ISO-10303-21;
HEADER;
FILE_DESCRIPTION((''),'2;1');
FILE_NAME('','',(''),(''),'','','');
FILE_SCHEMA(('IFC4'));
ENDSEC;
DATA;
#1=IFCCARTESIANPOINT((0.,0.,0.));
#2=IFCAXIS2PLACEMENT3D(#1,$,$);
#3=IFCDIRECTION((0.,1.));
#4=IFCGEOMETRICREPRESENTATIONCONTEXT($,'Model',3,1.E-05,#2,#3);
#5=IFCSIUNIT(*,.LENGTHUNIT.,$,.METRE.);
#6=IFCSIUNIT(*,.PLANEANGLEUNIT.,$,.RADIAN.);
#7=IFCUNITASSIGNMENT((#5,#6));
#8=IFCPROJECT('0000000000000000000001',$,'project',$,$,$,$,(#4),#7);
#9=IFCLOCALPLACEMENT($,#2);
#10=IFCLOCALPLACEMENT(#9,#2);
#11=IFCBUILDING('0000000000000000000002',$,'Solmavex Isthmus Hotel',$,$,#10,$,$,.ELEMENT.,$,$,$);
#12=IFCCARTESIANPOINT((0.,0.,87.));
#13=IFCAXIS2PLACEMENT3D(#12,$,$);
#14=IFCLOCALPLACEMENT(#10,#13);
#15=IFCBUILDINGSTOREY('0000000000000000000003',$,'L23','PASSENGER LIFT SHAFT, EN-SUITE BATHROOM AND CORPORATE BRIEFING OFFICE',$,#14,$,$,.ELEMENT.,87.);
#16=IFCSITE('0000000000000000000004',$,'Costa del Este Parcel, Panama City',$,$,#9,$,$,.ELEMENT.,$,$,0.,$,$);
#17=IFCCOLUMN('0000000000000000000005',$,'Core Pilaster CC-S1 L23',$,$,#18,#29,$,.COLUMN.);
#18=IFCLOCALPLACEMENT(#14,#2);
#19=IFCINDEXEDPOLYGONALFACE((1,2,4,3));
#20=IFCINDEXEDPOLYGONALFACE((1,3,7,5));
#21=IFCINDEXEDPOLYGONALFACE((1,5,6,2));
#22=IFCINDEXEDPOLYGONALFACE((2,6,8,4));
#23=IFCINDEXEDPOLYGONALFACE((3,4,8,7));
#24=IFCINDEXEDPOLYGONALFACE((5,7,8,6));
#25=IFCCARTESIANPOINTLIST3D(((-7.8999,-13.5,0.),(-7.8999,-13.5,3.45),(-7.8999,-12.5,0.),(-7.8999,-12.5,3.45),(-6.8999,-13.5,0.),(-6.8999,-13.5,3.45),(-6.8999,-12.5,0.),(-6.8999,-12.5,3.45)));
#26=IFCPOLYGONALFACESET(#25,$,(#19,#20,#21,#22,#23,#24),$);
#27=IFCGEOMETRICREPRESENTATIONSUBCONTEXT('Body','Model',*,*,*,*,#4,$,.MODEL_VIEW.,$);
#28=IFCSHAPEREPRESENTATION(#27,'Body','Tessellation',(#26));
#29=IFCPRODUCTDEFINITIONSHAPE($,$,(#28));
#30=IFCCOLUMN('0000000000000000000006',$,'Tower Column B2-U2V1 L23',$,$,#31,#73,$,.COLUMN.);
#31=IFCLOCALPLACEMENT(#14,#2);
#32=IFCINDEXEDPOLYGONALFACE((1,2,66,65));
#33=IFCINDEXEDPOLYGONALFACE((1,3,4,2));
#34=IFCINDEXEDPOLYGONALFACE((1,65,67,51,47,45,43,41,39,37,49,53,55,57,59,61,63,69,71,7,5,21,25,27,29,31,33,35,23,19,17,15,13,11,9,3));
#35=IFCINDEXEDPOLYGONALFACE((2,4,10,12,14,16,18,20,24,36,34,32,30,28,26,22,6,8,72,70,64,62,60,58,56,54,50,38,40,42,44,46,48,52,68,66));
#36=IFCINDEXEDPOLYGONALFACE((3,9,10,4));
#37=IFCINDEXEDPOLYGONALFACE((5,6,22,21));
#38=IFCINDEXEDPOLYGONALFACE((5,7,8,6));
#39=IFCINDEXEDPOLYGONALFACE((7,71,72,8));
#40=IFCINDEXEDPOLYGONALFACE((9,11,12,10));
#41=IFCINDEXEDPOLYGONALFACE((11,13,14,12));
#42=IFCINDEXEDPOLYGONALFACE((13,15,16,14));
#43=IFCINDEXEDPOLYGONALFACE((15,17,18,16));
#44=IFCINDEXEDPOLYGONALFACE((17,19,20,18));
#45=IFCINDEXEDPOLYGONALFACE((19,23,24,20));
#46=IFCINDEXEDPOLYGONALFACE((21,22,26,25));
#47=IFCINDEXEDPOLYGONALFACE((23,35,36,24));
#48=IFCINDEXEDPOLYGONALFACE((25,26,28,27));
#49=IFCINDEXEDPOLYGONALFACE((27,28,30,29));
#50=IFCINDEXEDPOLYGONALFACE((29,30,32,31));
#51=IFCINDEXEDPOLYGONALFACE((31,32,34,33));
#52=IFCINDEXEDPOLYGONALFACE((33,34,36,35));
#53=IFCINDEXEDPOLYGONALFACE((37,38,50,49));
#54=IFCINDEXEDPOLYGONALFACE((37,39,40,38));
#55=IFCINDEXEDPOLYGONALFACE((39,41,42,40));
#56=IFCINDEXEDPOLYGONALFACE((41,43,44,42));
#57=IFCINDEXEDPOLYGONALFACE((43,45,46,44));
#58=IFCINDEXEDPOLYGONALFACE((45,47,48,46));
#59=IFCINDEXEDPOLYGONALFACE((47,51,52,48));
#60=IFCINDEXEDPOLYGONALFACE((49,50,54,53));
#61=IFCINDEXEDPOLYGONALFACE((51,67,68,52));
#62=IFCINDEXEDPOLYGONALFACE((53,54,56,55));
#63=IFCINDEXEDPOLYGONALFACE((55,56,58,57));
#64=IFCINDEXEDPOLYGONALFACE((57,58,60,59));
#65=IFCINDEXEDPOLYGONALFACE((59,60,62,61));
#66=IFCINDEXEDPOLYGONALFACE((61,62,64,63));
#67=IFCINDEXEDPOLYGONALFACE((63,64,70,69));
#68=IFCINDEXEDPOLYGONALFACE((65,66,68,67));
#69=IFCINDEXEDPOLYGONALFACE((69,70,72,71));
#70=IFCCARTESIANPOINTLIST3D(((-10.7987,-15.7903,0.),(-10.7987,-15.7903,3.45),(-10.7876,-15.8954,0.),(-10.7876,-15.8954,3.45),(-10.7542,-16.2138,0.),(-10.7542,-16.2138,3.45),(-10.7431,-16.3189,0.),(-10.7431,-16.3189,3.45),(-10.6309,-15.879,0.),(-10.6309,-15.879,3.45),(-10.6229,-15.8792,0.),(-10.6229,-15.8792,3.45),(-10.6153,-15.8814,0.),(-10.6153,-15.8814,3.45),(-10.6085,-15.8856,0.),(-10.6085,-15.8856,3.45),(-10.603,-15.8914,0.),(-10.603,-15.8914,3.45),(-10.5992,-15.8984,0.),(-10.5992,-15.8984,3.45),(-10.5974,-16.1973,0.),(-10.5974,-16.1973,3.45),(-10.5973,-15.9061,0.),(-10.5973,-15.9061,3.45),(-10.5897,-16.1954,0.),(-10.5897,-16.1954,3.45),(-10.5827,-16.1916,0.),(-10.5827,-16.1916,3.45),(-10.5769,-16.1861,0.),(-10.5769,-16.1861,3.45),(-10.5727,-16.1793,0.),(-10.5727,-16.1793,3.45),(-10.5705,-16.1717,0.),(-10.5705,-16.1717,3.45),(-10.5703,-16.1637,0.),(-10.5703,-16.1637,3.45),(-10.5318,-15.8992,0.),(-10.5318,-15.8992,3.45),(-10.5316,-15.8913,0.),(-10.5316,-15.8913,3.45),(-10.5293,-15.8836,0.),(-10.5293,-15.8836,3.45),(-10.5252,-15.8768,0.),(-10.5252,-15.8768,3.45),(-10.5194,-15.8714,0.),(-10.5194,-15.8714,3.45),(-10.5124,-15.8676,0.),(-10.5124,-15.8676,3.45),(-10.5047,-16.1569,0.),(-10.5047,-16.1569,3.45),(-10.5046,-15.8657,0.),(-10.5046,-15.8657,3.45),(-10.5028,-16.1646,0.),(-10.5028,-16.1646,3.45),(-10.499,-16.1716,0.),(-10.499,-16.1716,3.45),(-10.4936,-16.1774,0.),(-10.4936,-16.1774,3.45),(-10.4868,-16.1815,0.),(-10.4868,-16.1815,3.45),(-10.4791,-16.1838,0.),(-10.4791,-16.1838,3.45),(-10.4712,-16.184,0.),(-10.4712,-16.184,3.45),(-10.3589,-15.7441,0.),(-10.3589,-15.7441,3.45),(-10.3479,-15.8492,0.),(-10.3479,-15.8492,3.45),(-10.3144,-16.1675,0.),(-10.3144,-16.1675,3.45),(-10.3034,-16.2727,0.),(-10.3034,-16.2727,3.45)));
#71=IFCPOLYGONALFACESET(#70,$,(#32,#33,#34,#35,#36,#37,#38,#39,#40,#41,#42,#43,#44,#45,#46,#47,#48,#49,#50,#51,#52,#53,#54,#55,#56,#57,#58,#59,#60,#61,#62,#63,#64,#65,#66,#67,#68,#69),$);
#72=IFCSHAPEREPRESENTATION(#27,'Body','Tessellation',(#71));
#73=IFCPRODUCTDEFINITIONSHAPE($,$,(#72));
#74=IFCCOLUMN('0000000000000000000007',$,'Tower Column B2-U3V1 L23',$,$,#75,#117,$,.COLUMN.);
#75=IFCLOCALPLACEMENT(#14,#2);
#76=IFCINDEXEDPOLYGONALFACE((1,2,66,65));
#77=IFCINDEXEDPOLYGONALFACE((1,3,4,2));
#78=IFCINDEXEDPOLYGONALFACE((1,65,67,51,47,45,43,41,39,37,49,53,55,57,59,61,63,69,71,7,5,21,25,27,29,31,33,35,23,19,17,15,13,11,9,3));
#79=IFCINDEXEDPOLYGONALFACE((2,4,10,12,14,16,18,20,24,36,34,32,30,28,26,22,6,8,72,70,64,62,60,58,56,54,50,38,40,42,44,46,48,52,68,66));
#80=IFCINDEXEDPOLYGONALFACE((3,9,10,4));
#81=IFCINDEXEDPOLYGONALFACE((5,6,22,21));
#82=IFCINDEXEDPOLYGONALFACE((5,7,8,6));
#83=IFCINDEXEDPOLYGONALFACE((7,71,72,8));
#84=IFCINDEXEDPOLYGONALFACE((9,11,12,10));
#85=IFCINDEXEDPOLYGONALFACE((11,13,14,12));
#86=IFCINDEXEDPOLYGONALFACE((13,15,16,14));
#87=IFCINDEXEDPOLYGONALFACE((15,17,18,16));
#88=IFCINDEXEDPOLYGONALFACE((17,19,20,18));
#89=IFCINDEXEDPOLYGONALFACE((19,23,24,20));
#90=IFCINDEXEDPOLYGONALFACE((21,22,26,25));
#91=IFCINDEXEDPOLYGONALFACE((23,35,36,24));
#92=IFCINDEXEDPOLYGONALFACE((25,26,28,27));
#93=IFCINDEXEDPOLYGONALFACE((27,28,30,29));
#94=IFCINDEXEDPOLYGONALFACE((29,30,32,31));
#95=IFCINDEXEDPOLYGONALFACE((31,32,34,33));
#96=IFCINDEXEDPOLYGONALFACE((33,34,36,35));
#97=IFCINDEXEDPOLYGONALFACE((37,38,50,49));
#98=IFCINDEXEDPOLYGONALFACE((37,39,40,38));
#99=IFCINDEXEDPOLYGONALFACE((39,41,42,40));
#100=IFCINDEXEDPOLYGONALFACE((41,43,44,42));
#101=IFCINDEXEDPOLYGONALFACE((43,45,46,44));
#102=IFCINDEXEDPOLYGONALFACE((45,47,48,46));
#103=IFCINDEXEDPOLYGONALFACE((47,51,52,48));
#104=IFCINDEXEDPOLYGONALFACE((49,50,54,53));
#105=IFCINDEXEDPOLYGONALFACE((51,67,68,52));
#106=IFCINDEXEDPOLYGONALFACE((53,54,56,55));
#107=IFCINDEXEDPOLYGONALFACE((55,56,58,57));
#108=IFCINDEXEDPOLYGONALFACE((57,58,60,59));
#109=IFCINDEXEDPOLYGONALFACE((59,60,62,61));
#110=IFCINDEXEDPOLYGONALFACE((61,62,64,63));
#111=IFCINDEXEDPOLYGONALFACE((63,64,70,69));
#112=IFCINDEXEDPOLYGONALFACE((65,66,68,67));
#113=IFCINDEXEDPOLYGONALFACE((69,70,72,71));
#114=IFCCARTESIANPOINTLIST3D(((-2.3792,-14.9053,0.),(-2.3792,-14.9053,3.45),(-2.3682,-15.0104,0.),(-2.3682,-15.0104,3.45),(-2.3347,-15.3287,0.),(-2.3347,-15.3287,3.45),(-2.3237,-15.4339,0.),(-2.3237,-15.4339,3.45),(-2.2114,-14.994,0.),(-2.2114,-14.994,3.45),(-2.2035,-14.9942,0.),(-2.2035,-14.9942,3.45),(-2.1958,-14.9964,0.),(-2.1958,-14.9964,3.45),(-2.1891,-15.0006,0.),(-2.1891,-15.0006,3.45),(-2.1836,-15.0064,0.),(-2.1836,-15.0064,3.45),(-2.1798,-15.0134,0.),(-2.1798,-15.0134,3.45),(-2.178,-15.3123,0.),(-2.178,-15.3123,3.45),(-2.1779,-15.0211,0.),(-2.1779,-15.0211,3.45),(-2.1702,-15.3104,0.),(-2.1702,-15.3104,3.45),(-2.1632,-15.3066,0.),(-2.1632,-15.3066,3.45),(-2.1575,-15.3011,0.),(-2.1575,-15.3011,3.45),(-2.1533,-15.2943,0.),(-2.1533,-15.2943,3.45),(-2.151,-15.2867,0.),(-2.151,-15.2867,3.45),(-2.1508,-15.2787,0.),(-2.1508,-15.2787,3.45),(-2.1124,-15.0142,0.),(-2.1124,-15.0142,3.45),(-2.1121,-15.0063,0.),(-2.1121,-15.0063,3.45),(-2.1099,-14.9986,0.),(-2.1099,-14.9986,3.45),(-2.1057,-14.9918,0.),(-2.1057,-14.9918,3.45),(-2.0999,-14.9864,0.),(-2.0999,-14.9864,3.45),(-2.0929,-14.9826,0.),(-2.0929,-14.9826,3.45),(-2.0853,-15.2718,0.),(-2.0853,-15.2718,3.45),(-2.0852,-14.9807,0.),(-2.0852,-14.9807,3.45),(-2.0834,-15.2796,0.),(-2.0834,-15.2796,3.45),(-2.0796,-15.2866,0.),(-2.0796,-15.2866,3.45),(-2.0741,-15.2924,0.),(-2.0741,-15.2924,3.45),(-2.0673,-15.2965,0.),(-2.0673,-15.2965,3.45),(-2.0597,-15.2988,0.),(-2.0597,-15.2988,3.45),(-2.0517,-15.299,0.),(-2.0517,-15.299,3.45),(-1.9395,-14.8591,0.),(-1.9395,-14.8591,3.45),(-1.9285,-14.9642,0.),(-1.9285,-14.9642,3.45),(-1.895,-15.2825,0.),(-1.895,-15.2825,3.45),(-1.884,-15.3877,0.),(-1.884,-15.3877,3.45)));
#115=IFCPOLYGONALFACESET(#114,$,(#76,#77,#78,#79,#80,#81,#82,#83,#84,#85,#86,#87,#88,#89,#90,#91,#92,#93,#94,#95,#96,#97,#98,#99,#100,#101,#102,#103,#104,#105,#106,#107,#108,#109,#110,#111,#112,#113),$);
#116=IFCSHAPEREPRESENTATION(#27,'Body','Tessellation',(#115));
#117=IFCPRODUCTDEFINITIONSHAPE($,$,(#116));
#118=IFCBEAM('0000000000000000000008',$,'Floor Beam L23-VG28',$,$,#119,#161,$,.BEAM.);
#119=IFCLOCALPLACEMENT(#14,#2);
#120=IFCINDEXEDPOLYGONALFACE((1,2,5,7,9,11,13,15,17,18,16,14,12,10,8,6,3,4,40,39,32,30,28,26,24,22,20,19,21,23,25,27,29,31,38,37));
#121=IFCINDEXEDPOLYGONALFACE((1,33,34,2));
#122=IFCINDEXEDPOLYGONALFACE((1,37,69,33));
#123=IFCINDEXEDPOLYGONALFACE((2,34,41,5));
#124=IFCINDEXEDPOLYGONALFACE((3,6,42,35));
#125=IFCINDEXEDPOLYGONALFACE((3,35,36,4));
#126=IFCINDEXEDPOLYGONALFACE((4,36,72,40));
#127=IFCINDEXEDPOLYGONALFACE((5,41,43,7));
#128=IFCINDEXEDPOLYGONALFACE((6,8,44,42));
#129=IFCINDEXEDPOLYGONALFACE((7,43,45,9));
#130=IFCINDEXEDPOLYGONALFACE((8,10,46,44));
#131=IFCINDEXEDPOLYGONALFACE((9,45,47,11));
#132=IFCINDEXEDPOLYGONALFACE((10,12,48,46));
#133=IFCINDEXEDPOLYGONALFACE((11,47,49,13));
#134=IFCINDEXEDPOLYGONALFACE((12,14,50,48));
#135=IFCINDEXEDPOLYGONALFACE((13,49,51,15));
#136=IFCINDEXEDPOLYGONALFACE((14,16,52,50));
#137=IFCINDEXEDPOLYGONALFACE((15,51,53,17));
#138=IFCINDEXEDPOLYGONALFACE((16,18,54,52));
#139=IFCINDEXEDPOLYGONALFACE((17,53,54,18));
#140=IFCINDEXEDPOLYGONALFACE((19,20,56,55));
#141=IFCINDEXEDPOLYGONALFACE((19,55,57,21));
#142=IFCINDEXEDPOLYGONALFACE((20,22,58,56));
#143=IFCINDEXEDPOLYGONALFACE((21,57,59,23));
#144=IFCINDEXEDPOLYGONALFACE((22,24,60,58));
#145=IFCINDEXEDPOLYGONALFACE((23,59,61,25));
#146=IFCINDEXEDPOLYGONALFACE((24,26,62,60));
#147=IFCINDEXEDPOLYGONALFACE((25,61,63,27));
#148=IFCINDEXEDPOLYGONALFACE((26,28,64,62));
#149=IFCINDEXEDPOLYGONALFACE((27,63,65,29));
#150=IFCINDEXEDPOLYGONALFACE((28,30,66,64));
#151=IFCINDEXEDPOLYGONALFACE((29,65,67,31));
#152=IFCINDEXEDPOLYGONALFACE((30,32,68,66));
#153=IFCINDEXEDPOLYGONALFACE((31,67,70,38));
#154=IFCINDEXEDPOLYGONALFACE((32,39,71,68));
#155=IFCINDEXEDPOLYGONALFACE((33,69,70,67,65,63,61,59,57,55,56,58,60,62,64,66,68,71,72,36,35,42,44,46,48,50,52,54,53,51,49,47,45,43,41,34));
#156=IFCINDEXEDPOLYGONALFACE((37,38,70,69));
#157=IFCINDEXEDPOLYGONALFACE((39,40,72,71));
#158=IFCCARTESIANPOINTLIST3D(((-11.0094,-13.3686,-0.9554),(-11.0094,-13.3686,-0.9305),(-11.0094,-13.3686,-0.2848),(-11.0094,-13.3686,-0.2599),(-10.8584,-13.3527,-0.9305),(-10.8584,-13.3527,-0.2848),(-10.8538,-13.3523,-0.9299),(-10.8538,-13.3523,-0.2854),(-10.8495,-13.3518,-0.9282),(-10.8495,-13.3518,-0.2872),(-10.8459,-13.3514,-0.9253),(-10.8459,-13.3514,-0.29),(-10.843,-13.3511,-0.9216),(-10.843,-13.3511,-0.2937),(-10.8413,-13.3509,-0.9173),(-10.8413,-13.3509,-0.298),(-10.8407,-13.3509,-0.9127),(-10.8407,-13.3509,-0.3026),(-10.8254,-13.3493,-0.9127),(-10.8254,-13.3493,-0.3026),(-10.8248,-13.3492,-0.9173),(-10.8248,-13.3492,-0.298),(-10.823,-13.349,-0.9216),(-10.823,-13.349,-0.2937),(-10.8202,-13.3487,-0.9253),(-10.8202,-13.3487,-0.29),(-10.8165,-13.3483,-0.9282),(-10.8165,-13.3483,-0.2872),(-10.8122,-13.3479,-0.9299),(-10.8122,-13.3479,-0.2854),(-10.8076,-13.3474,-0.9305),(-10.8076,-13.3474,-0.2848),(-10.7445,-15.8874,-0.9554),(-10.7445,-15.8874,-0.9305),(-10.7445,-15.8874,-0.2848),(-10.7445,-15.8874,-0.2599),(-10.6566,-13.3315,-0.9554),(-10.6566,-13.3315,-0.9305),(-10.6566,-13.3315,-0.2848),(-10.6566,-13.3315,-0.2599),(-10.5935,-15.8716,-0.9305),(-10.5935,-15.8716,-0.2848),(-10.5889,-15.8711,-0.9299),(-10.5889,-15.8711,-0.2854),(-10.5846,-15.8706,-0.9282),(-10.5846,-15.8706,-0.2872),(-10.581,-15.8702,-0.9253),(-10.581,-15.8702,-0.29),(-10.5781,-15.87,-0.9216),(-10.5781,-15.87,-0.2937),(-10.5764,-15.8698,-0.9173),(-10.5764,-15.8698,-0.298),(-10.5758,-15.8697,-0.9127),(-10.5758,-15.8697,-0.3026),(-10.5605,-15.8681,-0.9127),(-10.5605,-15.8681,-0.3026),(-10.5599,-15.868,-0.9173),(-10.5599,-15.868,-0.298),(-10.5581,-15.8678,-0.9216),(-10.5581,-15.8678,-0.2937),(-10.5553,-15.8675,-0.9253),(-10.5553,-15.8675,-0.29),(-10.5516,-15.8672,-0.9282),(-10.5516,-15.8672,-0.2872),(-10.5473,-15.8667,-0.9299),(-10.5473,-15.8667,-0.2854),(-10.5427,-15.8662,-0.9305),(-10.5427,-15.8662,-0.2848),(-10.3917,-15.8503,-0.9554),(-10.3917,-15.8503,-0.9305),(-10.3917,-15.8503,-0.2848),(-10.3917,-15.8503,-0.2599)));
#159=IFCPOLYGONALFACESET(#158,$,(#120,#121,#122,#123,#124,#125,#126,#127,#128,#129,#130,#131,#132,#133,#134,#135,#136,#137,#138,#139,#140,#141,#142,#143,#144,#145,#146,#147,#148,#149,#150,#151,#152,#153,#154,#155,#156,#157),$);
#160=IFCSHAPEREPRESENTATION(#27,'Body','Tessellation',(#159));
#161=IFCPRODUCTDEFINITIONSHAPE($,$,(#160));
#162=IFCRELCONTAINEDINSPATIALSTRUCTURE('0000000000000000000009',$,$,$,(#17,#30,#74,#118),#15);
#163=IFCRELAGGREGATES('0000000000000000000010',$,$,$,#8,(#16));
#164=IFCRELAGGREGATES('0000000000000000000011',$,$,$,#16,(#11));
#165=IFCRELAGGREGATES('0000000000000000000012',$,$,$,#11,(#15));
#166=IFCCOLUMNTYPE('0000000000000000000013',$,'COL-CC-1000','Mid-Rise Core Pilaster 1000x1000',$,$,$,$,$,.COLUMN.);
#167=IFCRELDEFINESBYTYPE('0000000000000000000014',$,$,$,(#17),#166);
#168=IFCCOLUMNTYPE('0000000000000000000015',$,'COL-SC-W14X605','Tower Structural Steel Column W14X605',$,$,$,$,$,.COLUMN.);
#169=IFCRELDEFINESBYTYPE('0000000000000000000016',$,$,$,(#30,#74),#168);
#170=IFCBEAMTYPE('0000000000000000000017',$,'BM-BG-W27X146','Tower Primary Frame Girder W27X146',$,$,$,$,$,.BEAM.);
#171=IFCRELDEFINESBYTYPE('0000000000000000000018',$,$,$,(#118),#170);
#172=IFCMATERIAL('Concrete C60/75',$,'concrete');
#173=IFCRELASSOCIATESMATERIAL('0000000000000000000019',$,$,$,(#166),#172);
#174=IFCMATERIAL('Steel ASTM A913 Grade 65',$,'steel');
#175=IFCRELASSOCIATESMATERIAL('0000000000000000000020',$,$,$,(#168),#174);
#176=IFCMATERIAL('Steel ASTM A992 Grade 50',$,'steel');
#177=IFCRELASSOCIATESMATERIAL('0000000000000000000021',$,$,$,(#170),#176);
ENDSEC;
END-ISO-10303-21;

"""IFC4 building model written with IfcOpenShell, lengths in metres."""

from ifc_helpers import new_model, si_unit, direction, frame, origin, origin_2d, place, context, subcontext, project, spatial, rectangle, i_section, extrude, material, material_profile, profile_set, type_object, element, save


model = new_model("IFC4")

# Units and contexts
model_context = context("Model", 3, precision=1e-05, world=origin(), true_north=direction((0.0, 1.0)))
body_context = subcontext(model_context, "Body", "Model", "MODEL_VIEW")
ifc_project = project(units=[si_unit("LENGTHUNIT", "METRE"), si_unit("PLANEANGLEUNIT", "RADIAN")], contexts=[model_context])

# Site, building, storey
site_placement = place(None, origin())
site = spatial("IfcSite", under=ifc_project, at=site_placement, Name="Costa del Este Parcel, Panama City", CompositionType="ELEMENT", RefElevation=0.0)
building_placement = place(site_placement, origin())
building = spatial("IfcBuilding", under=site, at=building_placement, Name="Solmavex Isthmus Hotel", CompositionType="ELEMENT")
storey_placement = place(building_placement, frame((0.0, 0.0, 87.0)))
storey = spatial("IfcBuildingStorey", under=building, at=storey_placement, Name="L23", Description="PASSENGER LIFT SHAFT, EN-SUITE BATHROOM AND CORPORATE BRIEFING OFFICE", CompositionType="ELEMENT", Elevation=87.0)

# Columns
ifc_material_1 = material(Name="Concrete C60/75", Category="concrete")
ifc_material_profile_1 = material_profile(ifc_material_1, rectangle(XDim=1.0, YDim=1.0, at=origin_2d()), Name="RC1000X1000")
ifc_profile_set_1 = profile_set([ifc_material_profile_1], Name="Concrete C60/75")
column_type_1 = type_object("IfcColumnType", Name="COL-CC-1000", Description="Mid-Rise Core Pilaster 1000x1000", PredefinedType="COLUMN", material=ifc_profile_set_1)
column_placement = place(storey_placement, frame((-7.3999, -13.0, 0.0), z_axis=(0.0, 0.0, 1.0), x_axis=(1.0, 0.0, 0.0)))
element("IfcColumn", 1, at=column_placement, inside=storey, type_object=column_type_1, Name="Core Pilaster CC-S1 L23", PredefinedType="COLUMN", context=body_context, shape_type="SweptSolid", body=[
    extrude(rectangle(XDim=1.0, YDim=1.0, at=origin_2d()), origin(), (0.0, 0.0, 1.0), 3.45),
])
ifc_material_2 = material(Name="Steel ASTM A913 Grade 65", Category="steel")
ifc_material_profile_2 = material_profile(ifc_material_2, i_section(OverallWidth=0.4421, OverallDepth=0.5315, WebThickness=0.0659, FlangeThickness=0.1057, FilletRadius=0.0305, at=origin_2d()), Name="W14X605")
ifc_profile_set_2 = profile_set([ifc_material_profile_2], Name="Steel ASTM A913 Grade 65")
column_type_2 = type_object("IfcColumnType", Name="COL-SC-W14X605", Description="Tower Structural Steel Column W14X605", PredefinedType="COLUMN", material=ifc_profile_set_2)
for number, where, z_axis, x_axis, name in (
    (2, (-10.551, -16.0315, 0.0), (0.0, 0.0, 1.0), (0.994522, 0.104528, 0.0), "Tower Column B2-U2V1 L23"),
    (3, (-2.1316, -15.1465, 0.0), (0.0, 0.0, 1.0), (0.994522, 0.104528, 0.0), "Tower Column B2-U3V1 L23"),
):
    element("IfcColumn", number, at=place(storey_placement, frame(where, z_axis=z_axis, x_axis=x_axis)), inside=storey, type_object=column_type_2, Name=name, PredefinedType="COLUMN", context=body_context, shape_type="SweptSolid", body=[
        extrude(i_section(OverallWidth=0.4421, OverallDepth=0.5315, WebThickness=0.0659, FlangeThickness=0.1057, FilletRadius=0.0305, at=origin_2d()), origin(), (0.0, 0.0, 1.0), 3.45),
    ])

# Beam
ifc_material_3 = material(Name="Steel ASTM A992 Grade 50", Category="steel")
ifc_material_profile_3 = material_profile(ifc_material_3, i_section(OverallWidth=0.3547, OverallDepth=0.6956, WebThickness=0.0154, FlangeThickness=0.0249, FilletRadius=0.0178, at=origin_2d()), Name="W27X146")
ifc_profile_set_3 = profile_set([ifc_material_profile_3], Name="Steel ASTM A992 Grade 50")
beam_type_1 = type_object("IfcBeamType", Name="BM-BG-W27X146", Description="Tower Primary Frame Girder W27X146", PredefinedType="BEAM", material=ifc_profile_set_3)
beam_1_placement = place(storey_placement, frame((-10.5681, -15.8689, -0.6077), z_axis=(-0.104589, 0.994515, 0.0), x_axis=(-0.994515, -0.104589, 0.0)))
element("IfcBeam", 4, at=beam_1_placement, inside=storey, type_object=beam_type_1, Name="Floor Beam L23-VG28", PredefinedType="BEAM", context=body_context, shape_type="SweptSolid", body=[
    extrude(i_section(OverallWidth=0.3547, OverallDepth=0.6956, WebThickness=0.0154, FlangeThickness=0.0249, FilletRadius=0.0178, at=origin_2d()), origin(), (0.0, 0.0, 1.0), 2.5327),
])

save(model, "model.ifc")
